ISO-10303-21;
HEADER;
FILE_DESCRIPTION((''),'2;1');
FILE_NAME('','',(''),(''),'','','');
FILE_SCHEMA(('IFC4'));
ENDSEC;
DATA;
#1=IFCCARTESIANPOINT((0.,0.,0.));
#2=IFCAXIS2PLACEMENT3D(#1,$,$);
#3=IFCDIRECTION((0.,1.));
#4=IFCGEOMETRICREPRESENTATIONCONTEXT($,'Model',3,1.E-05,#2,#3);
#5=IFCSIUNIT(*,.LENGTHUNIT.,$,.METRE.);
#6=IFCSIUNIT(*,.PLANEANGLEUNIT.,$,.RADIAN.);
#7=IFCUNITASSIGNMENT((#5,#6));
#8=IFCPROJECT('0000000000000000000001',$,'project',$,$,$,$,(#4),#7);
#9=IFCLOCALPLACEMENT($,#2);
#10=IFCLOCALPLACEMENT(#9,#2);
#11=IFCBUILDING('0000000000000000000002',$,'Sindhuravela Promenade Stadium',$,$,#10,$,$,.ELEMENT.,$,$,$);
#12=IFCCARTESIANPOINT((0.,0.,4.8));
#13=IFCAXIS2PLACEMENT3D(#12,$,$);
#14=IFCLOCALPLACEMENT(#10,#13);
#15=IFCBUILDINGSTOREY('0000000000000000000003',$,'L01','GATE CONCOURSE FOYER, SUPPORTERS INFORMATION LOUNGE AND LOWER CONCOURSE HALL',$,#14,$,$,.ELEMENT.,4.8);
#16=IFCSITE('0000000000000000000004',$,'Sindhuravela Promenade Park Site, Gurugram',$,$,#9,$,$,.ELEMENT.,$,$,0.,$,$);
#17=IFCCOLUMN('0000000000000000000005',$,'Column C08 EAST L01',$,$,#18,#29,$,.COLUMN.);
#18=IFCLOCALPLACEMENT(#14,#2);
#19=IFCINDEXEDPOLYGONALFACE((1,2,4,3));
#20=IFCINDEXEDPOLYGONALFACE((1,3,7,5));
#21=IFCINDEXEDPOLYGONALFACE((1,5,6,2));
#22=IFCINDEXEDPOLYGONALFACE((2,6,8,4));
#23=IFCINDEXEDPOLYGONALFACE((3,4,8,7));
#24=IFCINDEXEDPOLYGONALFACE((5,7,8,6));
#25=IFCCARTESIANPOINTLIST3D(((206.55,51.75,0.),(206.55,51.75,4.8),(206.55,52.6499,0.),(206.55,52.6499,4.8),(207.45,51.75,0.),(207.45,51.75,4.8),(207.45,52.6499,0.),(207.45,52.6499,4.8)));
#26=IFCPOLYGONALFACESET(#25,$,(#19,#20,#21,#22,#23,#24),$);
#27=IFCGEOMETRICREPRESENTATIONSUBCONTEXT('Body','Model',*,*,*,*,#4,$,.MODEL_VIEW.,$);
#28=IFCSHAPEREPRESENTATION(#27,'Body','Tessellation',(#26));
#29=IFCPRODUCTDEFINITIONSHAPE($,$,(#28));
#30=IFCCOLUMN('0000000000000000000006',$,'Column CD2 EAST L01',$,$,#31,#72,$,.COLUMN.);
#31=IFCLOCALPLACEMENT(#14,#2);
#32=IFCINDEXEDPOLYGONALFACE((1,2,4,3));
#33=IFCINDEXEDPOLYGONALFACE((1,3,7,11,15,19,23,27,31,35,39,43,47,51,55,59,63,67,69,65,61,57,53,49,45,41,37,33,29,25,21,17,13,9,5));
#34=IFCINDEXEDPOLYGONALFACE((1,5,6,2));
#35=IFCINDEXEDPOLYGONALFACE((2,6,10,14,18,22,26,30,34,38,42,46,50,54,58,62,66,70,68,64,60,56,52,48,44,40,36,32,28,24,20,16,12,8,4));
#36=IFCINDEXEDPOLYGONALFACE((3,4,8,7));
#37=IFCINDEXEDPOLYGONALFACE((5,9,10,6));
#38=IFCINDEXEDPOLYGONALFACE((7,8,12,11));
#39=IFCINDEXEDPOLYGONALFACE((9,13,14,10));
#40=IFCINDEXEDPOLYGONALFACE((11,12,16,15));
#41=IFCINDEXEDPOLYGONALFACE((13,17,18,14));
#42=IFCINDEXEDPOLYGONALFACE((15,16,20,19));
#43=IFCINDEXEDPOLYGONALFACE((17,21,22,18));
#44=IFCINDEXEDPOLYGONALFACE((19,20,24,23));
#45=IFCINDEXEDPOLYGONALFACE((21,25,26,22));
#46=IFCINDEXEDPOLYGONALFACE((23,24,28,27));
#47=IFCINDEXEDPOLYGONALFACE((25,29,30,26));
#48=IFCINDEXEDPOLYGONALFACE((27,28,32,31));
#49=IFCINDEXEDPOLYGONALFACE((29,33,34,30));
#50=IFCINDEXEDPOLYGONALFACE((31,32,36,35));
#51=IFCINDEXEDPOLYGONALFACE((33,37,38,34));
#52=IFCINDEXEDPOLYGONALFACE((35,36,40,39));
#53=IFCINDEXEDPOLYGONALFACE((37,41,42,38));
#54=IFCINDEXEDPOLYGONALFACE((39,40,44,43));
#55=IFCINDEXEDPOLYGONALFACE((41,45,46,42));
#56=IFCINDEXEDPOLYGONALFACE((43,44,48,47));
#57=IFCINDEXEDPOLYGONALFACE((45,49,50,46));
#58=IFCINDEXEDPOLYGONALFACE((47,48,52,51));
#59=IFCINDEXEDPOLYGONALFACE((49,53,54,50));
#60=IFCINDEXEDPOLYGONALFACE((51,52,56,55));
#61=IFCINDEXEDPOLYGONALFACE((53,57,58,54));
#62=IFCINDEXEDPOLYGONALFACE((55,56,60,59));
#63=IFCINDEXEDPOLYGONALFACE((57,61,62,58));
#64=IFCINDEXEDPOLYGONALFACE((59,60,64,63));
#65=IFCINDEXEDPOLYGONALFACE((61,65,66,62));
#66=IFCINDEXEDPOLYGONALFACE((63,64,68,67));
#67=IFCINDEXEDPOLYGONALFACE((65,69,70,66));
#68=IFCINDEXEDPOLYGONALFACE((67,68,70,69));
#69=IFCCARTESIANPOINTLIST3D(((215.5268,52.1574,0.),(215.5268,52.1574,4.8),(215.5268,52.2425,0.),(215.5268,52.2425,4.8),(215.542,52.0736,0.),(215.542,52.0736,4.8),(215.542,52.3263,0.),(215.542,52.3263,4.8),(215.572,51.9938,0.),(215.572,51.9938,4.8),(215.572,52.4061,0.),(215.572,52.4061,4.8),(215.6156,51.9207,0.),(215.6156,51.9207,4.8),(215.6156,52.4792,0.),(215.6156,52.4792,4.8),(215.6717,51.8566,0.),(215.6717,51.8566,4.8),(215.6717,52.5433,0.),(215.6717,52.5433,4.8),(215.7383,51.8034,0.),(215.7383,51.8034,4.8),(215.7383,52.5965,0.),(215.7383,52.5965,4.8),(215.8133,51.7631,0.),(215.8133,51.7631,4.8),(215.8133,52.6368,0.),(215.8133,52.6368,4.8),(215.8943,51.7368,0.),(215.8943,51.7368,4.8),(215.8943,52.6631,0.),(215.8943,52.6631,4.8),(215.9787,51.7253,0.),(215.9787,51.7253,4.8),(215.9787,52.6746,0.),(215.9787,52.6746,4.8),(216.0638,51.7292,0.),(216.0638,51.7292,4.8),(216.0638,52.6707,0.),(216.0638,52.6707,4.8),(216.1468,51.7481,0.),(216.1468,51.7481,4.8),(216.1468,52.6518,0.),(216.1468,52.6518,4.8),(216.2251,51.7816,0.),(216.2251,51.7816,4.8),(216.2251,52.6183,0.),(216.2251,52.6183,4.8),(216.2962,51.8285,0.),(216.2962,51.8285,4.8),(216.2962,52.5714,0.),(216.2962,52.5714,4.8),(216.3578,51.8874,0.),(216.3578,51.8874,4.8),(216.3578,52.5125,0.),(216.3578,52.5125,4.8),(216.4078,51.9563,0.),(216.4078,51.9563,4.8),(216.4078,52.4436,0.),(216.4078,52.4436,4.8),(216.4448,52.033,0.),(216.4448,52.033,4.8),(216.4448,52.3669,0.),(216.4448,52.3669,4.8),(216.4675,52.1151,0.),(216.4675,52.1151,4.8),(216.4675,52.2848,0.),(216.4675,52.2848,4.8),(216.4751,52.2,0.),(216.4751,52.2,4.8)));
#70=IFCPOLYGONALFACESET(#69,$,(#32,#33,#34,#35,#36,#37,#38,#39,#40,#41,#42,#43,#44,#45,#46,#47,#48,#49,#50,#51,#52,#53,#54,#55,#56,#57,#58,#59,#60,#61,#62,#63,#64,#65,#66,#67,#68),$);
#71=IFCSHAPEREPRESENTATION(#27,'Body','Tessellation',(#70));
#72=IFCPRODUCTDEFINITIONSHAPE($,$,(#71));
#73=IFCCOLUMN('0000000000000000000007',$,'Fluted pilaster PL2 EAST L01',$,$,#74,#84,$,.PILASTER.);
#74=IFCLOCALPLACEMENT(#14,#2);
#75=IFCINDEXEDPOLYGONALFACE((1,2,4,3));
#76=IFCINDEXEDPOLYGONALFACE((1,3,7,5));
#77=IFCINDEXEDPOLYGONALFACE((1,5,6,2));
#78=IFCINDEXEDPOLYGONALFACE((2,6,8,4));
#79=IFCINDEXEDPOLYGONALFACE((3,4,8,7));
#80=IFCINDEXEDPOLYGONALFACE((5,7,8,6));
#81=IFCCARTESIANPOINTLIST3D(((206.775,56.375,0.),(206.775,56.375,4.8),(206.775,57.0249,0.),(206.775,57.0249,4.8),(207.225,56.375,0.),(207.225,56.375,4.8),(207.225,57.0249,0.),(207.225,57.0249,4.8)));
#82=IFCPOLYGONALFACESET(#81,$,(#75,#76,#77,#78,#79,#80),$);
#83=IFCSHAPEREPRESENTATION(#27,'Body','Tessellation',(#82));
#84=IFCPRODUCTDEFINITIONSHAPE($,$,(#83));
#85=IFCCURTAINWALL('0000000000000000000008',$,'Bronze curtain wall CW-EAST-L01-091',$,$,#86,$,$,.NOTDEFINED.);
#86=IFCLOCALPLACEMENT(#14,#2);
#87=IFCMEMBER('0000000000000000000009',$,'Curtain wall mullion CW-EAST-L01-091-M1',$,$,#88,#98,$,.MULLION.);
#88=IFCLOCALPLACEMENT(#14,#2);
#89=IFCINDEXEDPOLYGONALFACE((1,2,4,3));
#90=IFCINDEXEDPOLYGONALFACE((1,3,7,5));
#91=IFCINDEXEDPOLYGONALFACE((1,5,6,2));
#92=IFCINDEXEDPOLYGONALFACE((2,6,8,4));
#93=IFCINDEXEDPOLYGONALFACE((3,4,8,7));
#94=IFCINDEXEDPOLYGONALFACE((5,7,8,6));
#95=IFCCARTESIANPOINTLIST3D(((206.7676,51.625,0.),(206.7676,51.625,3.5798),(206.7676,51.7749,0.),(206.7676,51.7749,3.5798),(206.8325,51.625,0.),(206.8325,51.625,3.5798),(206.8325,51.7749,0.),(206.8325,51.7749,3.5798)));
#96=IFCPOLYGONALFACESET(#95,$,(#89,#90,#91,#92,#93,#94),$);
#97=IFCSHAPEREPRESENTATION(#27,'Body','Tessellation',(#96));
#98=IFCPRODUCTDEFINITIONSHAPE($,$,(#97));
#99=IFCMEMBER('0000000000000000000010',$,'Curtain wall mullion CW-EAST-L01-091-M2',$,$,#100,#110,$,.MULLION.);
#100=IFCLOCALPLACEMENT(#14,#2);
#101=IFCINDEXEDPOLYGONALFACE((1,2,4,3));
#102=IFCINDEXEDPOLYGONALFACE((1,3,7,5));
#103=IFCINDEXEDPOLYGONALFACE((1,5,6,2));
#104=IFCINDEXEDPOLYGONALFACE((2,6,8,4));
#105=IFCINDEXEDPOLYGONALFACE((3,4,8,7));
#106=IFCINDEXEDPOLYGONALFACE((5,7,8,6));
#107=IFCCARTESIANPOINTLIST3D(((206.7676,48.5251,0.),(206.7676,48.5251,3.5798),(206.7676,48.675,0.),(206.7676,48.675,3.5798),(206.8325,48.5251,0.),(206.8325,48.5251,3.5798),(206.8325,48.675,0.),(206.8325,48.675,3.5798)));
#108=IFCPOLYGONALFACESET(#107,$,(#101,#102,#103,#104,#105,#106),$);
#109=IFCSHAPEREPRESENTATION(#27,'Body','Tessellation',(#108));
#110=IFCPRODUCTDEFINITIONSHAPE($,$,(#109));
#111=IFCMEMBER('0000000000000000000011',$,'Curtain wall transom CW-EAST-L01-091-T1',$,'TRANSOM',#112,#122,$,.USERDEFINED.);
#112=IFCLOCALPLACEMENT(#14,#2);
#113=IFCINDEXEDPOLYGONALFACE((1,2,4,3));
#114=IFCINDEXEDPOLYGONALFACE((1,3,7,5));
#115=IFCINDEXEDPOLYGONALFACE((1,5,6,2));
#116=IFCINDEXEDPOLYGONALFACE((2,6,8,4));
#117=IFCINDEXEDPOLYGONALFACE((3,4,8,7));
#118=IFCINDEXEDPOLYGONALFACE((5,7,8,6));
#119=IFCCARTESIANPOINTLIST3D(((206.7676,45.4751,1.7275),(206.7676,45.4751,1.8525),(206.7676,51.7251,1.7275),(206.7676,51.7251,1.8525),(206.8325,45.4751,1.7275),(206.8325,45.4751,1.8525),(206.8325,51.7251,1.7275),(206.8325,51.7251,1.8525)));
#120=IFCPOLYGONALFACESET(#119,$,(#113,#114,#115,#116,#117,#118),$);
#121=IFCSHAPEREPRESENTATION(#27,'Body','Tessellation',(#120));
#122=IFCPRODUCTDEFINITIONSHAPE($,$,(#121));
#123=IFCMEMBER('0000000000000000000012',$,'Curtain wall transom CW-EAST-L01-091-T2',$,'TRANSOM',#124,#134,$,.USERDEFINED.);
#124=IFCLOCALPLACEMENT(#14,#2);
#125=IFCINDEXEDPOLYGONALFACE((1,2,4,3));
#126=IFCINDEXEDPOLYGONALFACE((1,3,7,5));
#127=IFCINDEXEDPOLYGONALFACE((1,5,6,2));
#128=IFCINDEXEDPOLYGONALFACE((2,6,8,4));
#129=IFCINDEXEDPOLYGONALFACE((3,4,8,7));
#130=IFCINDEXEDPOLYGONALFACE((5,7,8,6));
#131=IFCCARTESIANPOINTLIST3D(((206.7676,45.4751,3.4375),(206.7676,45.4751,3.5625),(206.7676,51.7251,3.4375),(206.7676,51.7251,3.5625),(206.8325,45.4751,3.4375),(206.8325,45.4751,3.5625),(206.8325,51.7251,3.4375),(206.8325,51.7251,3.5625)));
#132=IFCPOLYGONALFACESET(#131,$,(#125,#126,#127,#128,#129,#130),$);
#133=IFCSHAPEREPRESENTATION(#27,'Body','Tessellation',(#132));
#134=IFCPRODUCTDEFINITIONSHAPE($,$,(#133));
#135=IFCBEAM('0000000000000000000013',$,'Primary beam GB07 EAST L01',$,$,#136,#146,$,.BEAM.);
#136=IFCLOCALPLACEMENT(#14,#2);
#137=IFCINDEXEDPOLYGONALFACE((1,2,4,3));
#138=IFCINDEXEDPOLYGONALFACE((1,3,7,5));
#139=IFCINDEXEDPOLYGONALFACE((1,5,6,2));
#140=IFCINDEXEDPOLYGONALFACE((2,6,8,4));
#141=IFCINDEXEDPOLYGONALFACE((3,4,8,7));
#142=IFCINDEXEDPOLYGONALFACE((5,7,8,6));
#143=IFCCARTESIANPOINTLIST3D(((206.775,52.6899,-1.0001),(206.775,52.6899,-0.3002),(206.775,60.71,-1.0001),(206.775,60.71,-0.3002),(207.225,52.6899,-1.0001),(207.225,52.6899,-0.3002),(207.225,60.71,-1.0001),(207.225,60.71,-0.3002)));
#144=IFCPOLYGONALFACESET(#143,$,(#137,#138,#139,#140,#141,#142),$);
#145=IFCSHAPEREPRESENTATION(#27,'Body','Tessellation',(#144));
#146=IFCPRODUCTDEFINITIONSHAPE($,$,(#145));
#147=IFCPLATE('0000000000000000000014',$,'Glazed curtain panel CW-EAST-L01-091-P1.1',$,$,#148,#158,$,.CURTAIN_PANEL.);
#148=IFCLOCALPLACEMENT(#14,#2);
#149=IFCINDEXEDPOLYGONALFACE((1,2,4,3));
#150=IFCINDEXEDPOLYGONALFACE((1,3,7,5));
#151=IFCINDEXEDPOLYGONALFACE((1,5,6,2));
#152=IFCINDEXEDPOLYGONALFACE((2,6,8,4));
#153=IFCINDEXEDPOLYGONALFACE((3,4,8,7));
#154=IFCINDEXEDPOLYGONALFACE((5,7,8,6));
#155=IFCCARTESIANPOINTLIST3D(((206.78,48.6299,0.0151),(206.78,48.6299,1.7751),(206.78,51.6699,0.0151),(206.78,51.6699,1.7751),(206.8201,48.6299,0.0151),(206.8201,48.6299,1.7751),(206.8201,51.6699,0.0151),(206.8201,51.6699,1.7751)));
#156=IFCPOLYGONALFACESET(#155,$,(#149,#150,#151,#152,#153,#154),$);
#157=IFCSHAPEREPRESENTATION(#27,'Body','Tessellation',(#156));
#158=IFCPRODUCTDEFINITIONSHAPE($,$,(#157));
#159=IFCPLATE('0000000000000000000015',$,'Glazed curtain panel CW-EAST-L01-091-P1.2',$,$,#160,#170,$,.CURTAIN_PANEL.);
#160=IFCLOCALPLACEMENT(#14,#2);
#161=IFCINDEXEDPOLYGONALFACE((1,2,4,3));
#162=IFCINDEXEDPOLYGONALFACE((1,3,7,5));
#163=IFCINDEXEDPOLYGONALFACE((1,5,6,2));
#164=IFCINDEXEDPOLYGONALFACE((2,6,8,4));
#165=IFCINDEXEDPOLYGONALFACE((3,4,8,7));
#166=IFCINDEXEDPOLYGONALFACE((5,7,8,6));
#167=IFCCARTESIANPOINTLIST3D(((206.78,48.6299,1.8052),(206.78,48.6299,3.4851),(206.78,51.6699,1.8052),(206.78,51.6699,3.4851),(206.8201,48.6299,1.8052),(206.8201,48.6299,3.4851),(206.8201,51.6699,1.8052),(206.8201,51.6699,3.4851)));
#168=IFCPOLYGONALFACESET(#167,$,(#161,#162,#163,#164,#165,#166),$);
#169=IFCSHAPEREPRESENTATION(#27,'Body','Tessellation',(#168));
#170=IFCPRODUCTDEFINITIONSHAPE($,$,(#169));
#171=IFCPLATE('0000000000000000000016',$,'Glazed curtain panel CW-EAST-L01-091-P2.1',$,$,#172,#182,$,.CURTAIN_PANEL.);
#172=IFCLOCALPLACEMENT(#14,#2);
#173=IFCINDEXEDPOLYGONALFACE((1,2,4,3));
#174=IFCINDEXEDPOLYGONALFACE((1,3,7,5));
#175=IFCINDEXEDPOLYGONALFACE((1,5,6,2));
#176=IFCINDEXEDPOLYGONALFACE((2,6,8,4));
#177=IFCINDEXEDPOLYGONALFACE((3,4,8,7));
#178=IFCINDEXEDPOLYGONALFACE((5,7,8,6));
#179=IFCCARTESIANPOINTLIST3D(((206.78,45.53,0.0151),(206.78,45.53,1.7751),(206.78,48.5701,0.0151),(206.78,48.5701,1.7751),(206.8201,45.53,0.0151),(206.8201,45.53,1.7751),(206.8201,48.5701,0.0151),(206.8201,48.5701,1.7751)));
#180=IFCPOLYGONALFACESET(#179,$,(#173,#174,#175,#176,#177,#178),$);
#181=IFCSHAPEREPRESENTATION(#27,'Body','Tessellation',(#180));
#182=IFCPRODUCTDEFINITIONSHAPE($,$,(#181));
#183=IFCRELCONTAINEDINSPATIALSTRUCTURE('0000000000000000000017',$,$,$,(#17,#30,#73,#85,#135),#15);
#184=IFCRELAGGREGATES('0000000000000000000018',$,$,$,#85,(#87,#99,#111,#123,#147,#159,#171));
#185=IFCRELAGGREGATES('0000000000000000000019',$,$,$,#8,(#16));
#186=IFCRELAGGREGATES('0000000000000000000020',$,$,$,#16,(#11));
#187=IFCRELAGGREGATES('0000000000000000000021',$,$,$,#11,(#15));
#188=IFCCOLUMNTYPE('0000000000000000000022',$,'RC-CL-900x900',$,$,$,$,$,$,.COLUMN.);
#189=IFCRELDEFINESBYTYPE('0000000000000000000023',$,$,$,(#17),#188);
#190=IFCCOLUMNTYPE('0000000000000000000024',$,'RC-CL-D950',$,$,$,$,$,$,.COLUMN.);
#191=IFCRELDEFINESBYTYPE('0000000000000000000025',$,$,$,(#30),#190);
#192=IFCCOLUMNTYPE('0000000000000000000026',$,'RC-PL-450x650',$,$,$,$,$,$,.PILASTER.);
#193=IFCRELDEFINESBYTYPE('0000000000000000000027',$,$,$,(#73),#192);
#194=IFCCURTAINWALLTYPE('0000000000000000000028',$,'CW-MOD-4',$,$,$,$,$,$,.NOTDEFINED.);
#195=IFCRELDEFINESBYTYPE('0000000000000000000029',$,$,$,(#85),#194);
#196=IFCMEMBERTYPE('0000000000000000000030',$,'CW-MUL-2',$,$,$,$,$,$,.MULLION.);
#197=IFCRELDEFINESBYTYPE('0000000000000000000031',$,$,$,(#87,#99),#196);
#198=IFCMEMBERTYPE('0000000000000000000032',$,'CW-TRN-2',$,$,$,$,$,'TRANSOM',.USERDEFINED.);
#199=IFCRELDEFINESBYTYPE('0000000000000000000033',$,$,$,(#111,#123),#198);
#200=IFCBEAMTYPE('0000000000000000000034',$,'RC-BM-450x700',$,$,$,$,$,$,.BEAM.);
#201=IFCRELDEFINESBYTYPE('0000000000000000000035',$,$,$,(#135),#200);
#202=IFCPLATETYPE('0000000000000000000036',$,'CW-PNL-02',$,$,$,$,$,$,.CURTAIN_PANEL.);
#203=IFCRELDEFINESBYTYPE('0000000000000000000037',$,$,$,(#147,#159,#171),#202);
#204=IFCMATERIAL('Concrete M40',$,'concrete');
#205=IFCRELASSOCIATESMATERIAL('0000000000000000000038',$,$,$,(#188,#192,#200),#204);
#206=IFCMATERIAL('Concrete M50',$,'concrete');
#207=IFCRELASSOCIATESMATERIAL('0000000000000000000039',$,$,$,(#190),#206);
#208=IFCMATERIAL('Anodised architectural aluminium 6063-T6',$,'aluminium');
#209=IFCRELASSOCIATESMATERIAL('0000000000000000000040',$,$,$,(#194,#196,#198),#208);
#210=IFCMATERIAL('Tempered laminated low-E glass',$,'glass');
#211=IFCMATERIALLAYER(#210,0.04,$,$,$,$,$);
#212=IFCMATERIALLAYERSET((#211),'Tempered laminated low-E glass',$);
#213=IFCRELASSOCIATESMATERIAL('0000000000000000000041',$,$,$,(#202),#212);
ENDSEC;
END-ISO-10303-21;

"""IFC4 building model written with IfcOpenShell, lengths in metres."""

from ifc_helpers import new_model, si_unit, direction, frame, origin, origin_2d, place, context, subcontext, project, spatial, rectangle, circle, extrude, material, layer, layer_set, material_profile, profile_set, type_object, element, aggregate, save


model = new_model("IFC4")

# Units and contexts
model_context = context("Model", 3, precision=1e-05, world=origin(), true_north=direction((0.0, 1.0)))
body_context = subcontext(model_context, "Body", "Model", "MODEL_VIEW")
ifc_project = project(units=[si_unit("LENGTHUNIT", "METRE"), si_unit("PLANEANGLEUNIT", "RADIAN")], contexts=[model_context])

# Site, building, storey
site_placement = place(None, origin())
site = spatial("IfcSite", under=ifc_project, at=site_placement, Name="Sindhuravela Promenade Park Site, Gurugram", CompositionType="ELEMENT", RefElevation=0.0)
building_placement = place(site_placement, origin())
building = spatial("IfcBuilding", under=site, at=building_placement, Name="Sindhuravela Promenade Stadium", CompositionType="ELEMENT")
storey_placement = place(building_placement, frame((0.0, 0.0, 4.8)))
storey = spatial("IfcBuildingStorey", under=building, at=storey_placement, Name="L01", Description="GATE CONCOURSE FOYER, SUPPORTERS INFORMATION LOUNGE AND LOWER CONCOURSE HALL", CompositionType="ELEMENT", Elevation=4.8)

# Columns
ifc_material_1 = material(Name="Concrete M40", Category="concrete")
ifc_material_profile_1 = material_profile(ifc_material_1, rectangle(XDim=0.8999, YDim=0.8999, at=origin_2d()), Name="RC 900x900")
ifc_profile_set_1 = profile_set([ifc_material_profile_1], Name="Concrete M40")
column_type_1 = type_object("IfcColumnType", Name="RC-CL-900x900", PredefinedType="COLUMN", material=ifc_profile_set_1)
column_1_placement = place(storey_placement, frame((207.0, 52.2, 0.0), z_axis=(0.0, 0.0, 1.0), x_axis=(1.0, 0.0, 0.0)))
element("IfcColumn", 1, at=column_1_placement, inside=storey, type_object=column_type_1, Name="Column C08 EAST L01", PredefinedType="COLUMN", context=body_context, shape_type="SweptSolid", body=[
    extrude(rectangle(XDim=0.8999, YDim=0.8999, at=origin_2d()), origin(), (0.0, 0.0, 1.0), 4.8),
])
ifc_material_2 = material(Name="Concrete M50", Category="concrete")
ifc_material_profile_2 = material_profile(ifc_material_2, circle(Radius=0.4751, at=origin_2d()), Name="RC D950")
ifc_profile_set_2 = profile_set([ifc_material_profile_2], Name="Concrete M50")
column_type_2 = type_object("IfcColumnType", Name="RC-CL-D950", PredefinedType="COLUMN", material=ifc_profile_set_2)
column_2_placement = place(storey_placement, frame((216.0, 52.2, 0.0), z_axis=(0.0, 0.0, 1.0), x_axis=(1.0, 0.0, 0.0)))
element("IfcColumn", 2, at=column_2_placement, inside=storey, type_object=column_type_2, Name="Column CD2 EAST L01", PredefinedType="COLUMN", context=body_context, shape_type="SweptSolid", body=[
    extrude(circle(Radius=0.4751, at=origin_2d()), origin(), (0.0, 0.0, 1.0), 4.8),
])
ifc_material_profile_3 = material_profile(ifc_material_1, rectangle(XDim=0.45, YDim=0.6499, at=origin_2d()), Name="PIL 450x650")
ifc_profile_set_3 = profile_set([ifc_material_profile_3], Name="Concrete M40")
column_type_3 = type_object("IfcColumnType", Name="RC-PL-450x650", PredefinedType="PILASTER", material=ifc_profile_set_3)
column_3_placement = place(storey_placement, frame((207.0, 56.7, 0.0), z_axis=(0.0, 0.0, 1.0), x_axis=(1.0, 0.0, 0.0)))
element("IfcColumn", 3, at=column_3_placement, inside=storey, type_object=column_type_3, Name="Fluted pilaster PL2 EAST L01", PredefinedType="PILASTER", context=body_context, shape_type="SweptSolid", body=[
    extrude(rectangle(XDim=0.45, YDim=0.6499, at=origin_2d()), origin(), (0.0, 0.0, 1.0), 4.8),
])

# Curtain wall, members
ifc_material_3 = material(Name="Anodised architectural aluminium 6063-T6", Category="aluminium")
curtain_wall_type = type_object("IfcCurtainWallType", Name="CW-MOD-4", PredefinedType="NOTDEFINED", material=ifc_material_3)
curtain_wall_placement = place(storey_placement, origin())
curtain_wall = element("IfcCurtainWall", 4, at=curtain_wall_placement, inside=storey, type_object=curtain_wall_type, Name="Bronze curtain wall CW-EAST-L01-091", PredefinedType="NOTDEFINED")
ifc_material_profile_4 = material_profile(ifc_material_3, rectangle(XDim=0.0649, YDim=0.1499, at=origin_2d()), Name="ALU MULL 65x150")
ifc_profile_set_4 = profile_set([ifc_material_profile_4], Name="Anodised architectural aluminium 6063-T6")
member_type_1 = type_object("IfcMemberType", Name="CW-MUL-2", PredefinedType="MULLION", material=ifc_profile_set_4)
member_1_placement = place(storey_placement, frame((206.8, 51.7, 0.0), z_axis=(0.0, 0.0, 1.0), x_axis=(1.0, 0.0, 0.0)))
member_1 = element("IfcMember", 5, at=member_1_placement, type_object=member_type_1, Name="Curtain wall mullion CW-EAST-L01-091-M1", PredefinedType="MULLION", context=body_context, shape_type="SweptSolid", body=[
    extrude(rectangle(XDim=0.0649, YDim=0.1499, at=origin_2d()), origin(), (0.0, 0.0, 1.0), 3.5798),
])
member_2_placement = place(storey_placement, frame((206.8, 48.6001, 0.0), z_axis=(0.0, 0.0, 1.0), x_axis=(1.0, 0.0, 0.0)))
member_2 = element("IfcMember", 6, at=member_2_placement, type_object=member_type_1, Name="Curtain wall mullion CW-EAST-L01-091-M2", PredefinedType="MULLION", context=body_context, shape_type="SweptSolid", body=[
    extrude(rectangle(XDim=0.0649, YDim=0.1499, at=origin_2d()), origin(), (0.0, 0.0, 1.0), 3.5798),
])
ifc_material_profile_5 = material_profile(ifc_material_3, rectangle(XDim=0.0649, YDim=0.125, at=origin_2d()), Name="ALU TRAN 65x125")
ifc_profile_set_5 = profile_set([ifc_material_profile_5], Name="Anodised architectural aluminium 6063-T6")
member_type_2 = type_object("IfcMemberType", Name="CW-TRN-2", ElementType="TRANSOM", PredefinedType="USERDEFINED", material=ifc_profile_set_5)
member_3_placement = place(storey_placement, frame((206.8, 51.7251, 1.79), z_axis=(0.0, -1.0, 0.0), x_axis=(1.0, 0.0, 0.0)))
member_3 = element("IfcMember", 7, at=member_3_placement, type_object=member_type_2, Name="Curtain wall transom CW-EAST-L01-091-T1", ObjectType="TRANSOM", PredefinedType="USERDEFINED", context=body_context, shape_type="SweptSolid", body=[
    extrude(rectangle(XDim=0.0649, YDim=0.125, at=origin_2d()), origin(), (0.0, 0.0, 1.0), 6.25),
])
member_4_placement = place(storey_placement, frame((206.8, 51.7251, 3.5), z_axis=(0.0, -1.0, 0.0), x_axis=(1.0, 0.0, 0.0)))
member_4 = element("IfcMember", 8, at=member_4_placement, type_object=member_type_2, Name="Curtain wall transom CW-EAST-L01-091-T2", ObjectType="TRANSOM", PredefinedType="USERDEFINED", context=body_context, shape_type="SweptSolid", body=[
    extrude(rectangle(XDim=0.0649, YDim=0.125, at=origin_2d()), origin(), (0.0, 0.0, 1.0), 6.25),
])

# Beam
ifc_material_profile_6 = material_profile(ifc_material_1, rectangle(XDim=0.45, YDim=0.7, at=origin_2d()), Name="RC 450x700")
ifc_profile_set_6 = profile_set([ifc_material_profile_6], Name="Concrete M40")
beam_type = type_object("IfcBeamType", Name="RC-BM-450x700", PredefinedType="BEAM", material=ifc_profile_set_6)
beam_placement = place(storey_placement, frame((207.0, 52.6899, -0.6501), z_axis=(0.0, 1.0, 0.0), x_axis=(-1.0, 0.0, 0.0)))
element("IfcBeam", 9, at=beam_placement, inside=storey, type_object=beam_type, Name="Primary beam GB07 EAST L01", PredefinedType="BEAM", context=body_context, shape_type="SweptSolid", body=[
    extrude(rectangle(XDim=0.45, YDim=0.7, at=origin_2d()), origin(), (0.0, 0.0, 1.0), 8.02),
])

# Plates
ifc_material_4 = material(Name="Tempered laminated low-E glass", Category="glass")
ifc_layer_1 = layer(ifc_material_4, 0.04)
ifc_layer_set_1 = layer_set([ifc_layer_1], Name="Tempered laminated low-E glass")
plate_type = type_object("IfcPlateType", Name="CW-PNL-02", PredefinedType="CURTAIN_PANEL", material=ifc_layer_set_1)
plate_1_placement = place(storey_placement, frame((206.8, 50.1499, 0.0151), z_axis=(0.0, 0.0, 1.0), x_axis=(0.0, -1.0, 0.0)))
plate_1 = element("IfcPlate", 10, at=plate_1_placement, type_object=plate_type, Name="Glazed curtain panel CW-EAST-L01-091-P1.1", PredefinedType="CURTAIN_PANEL", context=body_context, shape_type="SweptSolid", body=[
    extrude(rectangle(XDim=3.04, YDim=0.04, at=origin_2d()), origin(), (0.0, 0.0, 1.0), 1.76),
])
plate_2_placement = place(storey_placement, frame((206.8, 50.1499, 1.8052), z_axis=(0.0, 0.0, 1.0), x_axis=(0.0, -1.0, 0.0)))
plate_2 = element("IfcPlate", 11, at=plate_2_placement, type_object=plate_type, Name="Glazed curtain panel CW-EAST-L01-091-P1.2", PredefinedType="CURTAIN_PANEL", context=body_context, shape_type="SweptSolid", body=[
    extrude(rectangle(XDim=3.04, YDim=0.04, at=origin_2d()), origin(), (0.0, 0.0, 1.0), 1.6799),
])
plate_3_placement = place(storey_placement, frame((206.8, 47.05, 0.0151), z_axis=(0.0, 0.0, 1.0), x_axis=(0.0, -1.0, 0.0)))
plate_3 = element("IfcPlate", 12, at=plate_3_placement, type_object=plate_type, Name="Glazed curtain panel CW-EAST-L01-091-P2.1", PredefinedType="CURTAIN_PANEL", context=body_context, shape_type="SweptSolid", body=[
    extrude(rectangle(XDim=3.04, YDim=0.04, at=origin_2d()), origin(), (0.0, 0.0, 1.0), 1.76),
])
aggregate(curtain_wall, [member_1, member_2, member_3, member_4, plate_1, plate_2, plate_3])

save(model, "model.ifc")
